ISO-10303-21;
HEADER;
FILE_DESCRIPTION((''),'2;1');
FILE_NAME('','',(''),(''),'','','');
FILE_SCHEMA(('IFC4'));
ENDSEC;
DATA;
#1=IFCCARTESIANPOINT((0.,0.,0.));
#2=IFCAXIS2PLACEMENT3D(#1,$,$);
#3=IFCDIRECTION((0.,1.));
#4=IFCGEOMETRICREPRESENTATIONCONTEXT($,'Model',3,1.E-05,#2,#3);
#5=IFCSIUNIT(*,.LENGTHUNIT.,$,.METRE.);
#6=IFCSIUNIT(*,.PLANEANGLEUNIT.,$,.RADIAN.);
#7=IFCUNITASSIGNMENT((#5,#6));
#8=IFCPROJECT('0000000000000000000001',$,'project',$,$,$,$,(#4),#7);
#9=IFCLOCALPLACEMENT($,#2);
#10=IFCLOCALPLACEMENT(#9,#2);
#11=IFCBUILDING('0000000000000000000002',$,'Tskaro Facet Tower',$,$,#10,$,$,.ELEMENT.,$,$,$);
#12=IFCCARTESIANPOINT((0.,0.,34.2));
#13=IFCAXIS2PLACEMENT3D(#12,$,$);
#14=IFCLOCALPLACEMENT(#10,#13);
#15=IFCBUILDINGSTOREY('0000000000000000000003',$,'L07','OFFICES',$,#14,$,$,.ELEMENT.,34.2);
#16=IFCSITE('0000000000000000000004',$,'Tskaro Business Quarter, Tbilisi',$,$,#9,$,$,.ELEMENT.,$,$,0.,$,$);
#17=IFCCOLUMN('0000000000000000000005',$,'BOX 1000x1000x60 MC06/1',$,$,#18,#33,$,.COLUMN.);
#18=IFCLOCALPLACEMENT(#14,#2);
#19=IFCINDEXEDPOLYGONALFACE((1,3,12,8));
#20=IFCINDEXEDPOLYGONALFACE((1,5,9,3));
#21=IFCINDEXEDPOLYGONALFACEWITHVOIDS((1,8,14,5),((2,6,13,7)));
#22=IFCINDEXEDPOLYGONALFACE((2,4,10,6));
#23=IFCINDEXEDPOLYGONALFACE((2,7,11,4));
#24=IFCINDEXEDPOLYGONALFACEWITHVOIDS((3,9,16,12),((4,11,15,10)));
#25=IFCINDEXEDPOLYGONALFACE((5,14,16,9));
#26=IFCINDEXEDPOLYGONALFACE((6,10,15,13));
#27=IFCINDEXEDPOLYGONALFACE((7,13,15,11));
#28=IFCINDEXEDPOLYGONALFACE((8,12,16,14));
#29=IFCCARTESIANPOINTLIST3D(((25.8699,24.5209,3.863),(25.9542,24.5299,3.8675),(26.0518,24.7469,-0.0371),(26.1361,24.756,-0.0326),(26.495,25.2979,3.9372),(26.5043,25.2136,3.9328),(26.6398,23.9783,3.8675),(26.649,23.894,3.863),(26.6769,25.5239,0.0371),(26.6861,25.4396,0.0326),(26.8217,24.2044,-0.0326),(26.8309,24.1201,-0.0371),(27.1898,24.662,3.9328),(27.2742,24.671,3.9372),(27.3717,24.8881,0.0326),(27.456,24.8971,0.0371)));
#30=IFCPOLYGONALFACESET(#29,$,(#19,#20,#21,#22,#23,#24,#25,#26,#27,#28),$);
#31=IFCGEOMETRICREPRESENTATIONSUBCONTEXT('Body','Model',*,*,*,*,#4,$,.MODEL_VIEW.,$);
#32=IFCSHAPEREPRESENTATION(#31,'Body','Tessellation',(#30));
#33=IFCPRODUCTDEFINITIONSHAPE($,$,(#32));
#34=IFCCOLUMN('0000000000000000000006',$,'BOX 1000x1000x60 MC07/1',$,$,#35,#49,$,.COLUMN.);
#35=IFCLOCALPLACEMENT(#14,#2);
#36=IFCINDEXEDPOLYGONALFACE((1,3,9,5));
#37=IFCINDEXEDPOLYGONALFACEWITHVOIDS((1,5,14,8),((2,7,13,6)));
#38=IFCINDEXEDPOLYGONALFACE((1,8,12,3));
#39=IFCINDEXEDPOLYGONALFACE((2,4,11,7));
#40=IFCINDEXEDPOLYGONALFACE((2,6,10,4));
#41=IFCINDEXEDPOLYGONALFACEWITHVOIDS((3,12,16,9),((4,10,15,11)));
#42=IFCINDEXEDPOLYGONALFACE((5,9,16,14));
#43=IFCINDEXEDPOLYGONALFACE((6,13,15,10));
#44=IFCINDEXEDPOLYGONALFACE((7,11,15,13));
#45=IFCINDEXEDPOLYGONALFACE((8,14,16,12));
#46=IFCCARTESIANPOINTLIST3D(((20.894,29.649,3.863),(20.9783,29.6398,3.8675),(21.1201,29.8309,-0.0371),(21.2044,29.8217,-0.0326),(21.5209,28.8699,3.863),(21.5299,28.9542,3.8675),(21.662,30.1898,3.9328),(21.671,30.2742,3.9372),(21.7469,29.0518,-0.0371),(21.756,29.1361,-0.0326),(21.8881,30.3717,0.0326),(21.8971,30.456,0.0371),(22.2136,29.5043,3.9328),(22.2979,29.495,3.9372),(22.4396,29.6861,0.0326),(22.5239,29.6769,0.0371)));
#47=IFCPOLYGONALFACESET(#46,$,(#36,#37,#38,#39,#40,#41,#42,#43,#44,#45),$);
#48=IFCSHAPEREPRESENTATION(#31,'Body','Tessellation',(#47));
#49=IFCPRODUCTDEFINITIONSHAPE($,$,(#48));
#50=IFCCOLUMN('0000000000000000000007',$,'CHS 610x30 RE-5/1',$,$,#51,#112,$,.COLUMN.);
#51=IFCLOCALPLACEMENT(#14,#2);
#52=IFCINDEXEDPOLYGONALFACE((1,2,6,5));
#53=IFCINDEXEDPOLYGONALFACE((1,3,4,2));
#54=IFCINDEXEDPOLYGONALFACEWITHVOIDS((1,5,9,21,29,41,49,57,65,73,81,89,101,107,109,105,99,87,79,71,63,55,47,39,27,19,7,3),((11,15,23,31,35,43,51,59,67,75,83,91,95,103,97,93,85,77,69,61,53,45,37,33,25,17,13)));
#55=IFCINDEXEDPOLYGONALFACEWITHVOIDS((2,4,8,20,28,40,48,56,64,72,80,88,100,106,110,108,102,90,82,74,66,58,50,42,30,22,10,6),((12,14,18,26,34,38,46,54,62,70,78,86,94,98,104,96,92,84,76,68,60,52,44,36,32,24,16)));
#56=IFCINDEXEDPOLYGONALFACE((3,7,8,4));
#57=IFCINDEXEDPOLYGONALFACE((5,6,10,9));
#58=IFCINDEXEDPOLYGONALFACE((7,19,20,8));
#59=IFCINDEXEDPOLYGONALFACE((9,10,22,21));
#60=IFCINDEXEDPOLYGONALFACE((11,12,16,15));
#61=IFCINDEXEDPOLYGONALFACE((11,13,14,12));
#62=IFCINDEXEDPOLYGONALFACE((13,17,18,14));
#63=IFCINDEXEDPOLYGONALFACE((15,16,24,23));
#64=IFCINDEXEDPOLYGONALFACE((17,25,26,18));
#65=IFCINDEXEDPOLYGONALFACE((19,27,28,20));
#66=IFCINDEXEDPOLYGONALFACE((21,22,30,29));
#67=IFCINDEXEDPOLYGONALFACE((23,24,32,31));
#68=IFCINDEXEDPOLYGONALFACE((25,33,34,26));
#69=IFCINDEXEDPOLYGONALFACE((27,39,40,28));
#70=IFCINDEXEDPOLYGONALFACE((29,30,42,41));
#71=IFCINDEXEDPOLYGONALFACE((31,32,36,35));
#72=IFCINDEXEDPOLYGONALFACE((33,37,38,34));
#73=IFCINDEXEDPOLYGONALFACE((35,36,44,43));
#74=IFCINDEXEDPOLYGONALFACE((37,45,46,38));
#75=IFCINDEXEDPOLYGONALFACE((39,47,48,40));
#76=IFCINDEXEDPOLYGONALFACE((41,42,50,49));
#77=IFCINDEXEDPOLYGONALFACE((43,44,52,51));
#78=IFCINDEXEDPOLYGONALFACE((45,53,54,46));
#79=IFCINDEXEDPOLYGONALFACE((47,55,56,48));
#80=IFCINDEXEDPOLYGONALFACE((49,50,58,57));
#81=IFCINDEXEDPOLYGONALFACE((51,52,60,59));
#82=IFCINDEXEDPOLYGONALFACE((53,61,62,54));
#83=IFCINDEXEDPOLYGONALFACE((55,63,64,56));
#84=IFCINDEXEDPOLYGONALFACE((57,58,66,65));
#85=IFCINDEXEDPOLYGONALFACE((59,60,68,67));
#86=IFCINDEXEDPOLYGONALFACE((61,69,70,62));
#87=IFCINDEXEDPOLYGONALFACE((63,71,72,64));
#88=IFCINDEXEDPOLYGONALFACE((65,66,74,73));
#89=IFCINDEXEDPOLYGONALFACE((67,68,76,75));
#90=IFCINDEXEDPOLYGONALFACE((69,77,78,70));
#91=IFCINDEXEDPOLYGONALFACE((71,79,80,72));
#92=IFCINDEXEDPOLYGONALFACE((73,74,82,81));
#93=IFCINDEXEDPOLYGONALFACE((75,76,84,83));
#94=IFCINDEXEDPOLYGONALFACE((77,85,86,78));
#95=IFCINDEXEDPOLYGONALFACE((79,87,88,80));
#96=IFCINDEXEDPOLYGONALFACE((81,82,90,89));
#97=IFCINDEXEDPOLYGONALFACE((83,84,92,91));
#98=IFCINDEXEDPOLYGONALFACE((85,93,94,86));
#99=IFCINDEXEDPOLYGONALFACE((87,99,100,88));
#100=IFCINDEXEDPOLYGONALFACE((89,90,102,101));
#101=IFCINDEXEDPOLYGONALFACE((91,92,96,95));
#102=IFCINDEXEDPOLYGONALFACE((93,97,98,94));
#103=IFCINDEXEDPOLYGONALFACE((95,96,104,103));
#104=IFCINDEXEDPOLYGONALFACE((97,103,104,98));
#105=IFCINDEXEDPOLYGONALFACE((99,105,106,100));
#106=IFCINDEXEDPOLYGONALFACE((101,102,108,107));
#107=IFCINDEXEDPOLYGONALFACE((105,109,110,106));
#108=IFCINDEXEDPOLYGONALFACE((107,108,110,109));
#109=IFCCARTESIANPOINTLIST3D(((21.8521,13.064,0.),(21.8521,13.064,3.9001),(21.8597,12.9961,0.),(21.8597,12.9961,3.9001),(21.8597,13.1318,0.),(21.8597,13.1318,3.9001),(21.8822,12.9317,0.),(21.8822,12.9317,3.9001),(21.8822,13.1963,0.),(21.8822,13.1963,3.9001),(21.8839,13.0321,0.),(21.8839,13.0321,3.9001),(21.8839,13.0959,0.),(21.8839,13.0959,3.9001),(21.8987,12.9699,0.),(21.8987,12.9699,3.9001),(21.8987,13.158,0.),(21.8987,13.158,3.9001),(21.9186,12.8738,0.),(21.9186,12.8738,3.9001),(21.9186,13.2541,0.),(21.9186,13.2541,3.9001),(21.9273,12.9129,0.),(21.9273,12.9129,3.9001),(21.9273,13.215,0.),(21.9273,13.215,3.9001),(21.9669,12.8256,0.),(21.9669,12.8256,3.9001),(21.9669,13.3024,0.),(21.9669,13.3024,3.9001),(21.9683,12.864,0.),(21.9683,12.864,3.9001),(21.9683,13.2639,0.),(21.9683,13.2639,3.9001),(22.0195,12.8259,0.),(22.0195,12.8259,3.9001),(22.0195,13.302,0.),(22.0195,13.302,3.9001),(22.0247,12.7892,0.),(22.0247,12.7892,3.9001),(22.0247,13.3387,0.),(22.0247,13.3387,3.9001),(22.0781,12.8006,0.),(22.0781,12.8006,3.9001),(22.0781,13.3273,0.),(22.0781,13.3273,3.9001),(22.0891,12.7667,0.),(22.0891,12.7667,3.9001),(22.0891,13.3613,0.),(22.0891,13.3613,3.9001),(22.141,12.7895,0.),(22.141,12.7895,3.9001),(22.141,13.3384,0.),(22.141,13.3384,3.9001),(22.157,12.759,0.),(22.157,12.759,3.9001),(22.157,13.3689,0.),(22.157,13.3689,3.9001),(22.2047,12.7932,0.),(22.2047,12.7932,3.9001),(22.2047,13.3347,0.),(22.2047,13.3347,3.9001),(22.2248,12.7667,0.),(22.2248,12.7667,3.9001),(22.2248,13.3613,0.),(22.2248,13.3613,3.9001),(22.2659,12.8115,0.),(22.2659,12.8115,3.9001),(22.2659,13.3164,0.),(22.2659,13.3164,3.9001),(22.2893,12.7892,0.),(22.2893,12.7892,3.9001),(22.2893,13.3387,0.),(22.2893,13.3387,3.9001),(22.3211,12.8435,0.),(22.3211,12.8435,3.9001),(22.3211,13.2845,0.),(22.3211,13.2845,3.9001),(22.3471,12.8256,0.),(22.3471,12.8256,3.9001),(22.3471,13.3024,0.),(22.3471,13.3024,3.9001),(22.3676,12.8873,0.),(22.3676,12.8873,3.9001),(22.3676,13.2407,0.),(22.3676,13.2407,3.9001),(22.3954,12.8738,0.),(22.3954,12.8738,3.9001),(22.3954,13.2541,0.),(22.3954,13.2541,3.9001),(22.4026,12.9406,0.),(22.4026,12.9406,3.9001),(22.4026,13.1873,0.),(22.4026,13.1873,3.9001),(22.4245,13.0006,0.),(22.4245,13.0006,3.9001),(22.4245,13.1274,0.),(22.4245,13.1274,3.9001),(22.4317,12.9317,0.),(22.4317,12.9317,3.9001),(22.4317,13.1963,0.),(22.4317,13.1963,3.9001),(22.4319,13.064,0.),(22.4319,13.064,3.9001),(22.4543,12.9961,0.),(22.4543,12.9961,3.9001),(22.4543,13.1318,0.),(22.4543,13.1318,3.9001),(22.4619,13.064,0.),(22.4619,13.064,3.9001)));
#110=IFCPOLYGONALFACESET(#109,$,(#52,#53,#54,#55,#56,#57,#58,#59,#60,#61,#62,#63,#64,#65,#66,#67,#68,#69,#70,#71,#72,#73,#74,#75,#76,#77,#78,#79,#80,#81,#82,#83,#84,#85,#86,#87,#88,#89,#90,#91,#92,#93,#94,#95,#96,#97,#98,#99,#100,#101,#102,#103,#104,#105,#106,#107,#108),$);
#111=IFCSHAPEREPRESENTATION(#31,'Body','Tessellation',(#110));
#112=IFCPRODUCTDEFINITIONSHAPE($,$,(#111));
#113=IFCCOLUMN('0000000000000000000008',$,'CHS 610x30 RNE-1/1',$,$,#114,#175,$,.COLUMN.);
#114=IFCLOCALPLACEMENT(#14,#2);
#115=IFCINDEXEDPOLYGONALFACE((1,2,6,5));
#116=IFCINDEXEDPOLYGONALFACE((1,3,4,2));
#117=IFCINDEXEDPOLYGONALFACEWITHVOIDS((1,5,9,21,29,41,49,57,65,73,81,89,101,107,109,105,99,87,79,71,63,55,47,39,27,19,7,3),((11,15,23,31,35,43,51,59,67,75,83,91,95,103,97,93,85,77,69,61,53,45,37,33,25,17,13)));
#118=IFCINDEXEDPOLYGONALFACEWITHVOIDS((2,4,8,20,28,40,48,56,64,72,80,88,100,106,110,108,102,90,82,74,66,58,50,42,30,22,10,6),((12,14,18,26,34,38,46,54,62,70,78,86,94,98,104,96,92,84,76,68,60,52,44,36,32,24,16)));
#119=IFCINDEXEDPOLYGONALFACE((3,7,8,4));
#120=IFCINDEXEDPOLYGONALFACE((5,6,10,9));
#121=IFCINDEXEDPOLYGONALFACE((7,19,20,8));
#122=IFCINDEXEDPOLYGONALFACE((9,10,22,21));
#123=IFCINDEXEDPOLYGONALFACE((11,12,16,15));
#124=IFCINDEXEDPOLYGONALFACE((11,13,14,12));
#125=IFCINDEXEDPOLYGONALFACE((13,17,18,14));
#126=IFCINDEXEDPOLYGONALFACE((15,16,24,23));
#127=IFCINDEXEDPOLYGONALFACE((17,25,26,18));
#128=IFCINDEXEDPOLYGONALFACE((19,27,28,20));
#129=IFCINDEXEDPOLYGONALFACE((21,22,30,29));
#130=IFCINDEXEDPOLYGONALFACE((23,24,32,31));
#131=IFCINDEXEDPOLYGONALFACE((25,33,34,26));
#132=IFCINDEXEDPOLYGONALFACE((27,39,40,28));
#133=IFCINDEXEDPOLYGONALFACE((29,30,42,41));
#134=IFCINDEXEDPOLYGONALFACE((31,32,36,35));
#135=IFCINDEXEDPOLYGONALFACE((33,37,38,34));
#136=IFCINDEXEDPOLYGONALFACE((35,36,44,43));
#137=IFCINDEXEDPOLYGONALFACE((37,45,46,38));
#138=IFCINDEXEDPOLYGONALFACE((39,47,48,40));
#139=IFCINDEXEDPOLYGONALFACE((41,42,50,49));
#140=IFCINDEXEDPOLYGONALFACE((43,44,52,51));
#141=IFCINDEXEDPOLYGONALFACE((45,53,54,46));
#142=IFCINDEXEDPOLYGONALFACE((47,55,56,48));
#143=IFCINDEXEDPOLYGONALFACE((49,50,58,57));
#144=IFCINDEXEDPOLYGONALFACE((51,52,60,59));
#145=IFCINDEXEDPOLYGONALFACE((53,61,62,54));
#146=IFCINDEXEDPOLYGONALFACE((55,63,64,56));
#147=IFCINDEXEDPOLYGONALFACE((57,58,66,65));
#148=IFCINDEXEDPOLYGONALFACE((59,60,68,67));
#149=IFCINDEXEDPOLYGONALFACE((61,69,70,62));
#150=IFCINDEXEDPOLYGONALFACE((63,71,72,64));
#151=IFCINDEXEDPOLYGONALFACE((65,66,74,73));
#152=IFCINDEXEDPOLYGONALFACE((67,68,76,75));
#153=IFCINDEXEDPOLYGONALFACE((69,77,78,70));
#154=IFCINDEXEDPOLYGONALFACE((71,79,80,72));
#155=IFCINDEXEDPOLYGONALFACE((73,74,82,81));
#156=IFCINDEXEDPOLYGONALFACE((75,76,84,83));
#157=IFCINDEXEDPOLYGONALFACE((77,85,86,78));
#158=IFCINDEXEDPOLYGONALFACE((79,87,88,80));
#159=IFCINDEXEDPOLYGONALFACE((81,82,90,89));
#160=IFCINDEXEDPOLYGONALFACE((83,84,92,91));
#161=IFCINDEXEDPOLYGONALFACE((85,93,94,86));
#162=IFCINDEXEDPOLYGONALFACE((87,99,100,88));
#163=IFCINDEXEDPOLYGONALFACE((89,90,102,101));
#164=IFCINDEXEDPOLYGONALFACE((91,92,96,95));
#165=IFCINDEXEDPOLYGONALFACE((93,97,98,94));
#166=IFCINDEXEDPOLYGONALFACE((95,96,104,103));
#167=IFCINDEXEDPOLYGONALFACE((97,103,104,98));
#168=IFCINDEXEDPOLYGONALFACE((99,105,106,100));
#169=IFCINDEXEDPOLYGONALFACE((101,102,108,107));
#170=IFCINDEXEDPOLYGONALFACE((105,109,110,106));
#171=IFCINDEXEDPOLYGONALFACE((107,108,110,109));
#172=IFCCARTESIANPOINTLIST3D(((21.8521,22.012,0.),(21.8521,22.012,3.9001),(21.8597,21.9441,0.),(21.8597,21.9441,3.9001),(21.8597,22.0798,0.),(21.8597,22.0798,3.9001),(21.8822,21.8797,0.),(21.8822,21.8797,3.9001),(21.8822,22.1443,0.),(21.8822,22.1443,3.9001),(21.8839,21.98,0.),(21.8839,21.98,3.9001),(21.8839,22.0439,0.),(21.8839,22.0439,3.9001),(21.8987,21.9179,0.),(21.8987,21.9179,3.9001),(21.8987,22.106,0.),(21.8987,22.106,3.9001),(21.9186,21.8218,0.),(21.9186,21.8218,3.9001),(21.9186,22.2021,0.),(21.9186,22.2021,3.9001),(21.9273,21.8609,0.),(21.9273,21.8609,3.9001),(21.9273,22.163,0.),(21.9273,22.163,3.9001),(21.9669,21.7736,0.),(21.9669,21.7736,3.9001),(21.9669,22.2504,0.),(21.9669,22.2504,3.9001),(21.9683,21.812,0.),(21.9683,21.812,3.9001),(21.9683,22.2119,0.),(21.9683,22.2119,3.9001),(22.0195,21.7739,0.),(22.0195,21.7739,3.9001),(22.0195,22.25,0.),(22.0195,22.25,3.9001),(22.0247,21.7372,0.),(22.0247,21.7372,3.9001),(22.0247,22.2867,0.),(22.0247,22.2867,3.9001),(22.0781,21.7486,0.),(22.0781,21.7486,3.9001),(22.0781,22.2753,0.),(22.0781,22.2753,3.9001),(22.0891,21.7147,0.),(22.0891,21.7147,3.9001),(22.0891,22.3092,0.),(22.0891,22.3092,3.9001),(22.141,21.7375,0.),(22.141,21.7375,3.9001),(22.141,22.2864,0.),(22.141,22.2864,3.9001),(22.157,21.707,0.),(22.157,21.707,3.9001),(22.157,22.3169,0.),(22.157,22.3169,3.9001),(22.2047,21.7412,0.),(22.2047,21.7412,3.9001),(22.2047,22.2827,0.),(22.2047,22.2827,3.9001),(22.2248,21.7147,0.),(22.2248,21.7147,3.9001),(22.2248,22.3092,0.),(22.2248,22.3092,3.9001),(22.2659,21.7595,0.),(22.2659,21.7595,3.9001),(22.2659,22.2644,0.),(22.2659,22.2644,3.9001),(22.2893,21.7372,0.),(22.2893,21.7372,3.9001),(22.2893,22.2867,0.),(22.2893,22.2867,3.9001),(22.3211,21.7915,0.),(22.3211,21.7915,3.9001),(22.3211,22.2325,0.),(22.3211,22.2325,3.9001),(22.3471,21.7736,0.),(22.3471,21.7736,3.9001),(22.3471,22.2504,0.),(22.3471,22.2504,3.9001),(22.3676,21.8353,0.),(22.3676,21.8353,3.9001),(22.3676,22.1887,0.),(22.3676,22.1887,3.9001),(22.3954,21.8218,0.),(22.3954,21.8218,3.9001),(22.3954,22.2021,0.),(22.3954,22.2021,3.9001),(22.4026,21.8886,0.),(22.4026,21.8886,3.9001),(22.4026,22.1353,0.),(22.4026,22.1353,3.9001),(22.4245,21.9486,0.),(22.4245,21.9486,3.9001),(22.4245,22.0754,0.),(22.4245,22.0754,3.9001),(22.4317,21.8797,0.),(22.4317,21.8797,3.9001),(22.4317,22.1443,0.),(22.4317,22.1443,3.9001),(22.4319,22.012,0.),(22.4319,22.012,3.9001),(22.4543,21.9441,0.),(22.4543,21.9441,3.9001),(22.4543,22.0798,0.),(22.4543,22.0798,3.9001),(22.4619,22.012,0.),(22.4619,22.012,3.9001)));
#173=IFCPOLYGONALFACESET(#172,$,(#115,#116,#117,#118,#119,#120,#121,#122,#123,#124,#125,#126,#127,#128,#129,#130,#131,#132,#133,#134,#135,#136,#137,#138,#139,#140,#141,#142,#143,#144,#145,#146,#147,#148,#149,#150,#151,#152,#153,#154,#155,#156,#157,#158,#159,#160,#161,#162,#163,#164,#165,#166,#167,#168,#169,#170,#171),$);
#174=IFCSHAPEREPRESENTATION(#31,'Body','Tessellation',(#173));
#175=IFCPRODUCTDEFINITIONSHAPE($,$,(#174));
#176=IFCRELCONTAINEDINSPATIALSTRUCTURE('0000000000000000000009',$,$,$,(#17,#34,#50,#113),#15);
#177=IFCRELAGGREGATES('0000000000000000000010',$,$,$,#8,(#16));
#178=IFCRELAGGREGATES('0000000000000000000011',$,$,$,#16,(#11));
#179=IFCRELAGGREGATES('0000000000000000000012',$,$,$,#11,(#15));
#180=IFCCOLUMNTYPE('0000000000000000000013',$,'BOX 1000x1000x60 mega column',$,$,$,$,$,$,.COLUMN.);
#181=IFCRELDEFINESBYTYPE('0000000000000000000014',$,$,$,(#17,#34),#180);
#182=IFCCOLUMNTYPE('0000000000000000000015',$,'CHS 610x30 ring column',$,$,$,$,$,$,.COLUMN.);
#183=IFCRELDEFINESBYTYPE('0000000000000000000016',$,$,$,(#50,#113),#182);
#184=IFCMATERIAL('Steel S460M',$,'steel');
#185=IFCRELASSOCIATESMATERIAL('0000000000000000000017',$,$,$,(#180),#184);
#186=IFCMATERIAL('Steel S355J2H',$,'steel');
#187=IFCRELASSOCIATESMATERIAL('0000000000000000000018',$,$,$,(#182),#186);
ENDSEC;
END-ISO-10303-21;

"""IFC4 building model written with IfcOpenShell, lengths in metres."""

from ifc_helpers import new_model, si_unit, direction, frame, origin, origin_2d, place, context, subcontext, project, spatial, hollow_rectangle, hollow_circle, extrude, material, material_profile, profile_set, type_object, element, save


model = new_model("IFC4")

# Units and contexts
model_context = context("Model", 3, precision=1e-05, world=origin(), true_north=direction((0.0, 1.0)))
body_context = subcontext(model_context, "Body", "Model", "MODEL_VIEW")
ifc_project = project(units=[si_unit("LENGTHUNIT", "METRE"), si_unit("PLANEANGLEUNIT", "RADIAN")], contexts=[model_context])

# Site, building, storey
site_placement = place(None, origin())
site = spatial("IfcSite", under=ifc_project, at=site_placement, Name="Tskaro Business Quarter, Tbilisi", CompositionType="ELEMENT", RefElevation=0.0)
building_placement = place(site_placement, origin())
building = spatial("IfcBuilding", under=site, at=building_placement, Name="Tskaro Facet Tower", CompositionType="ELEMENT")
storey_placement = place(building_placement, frame((0.0, 0.0, 34.2)))
storey = spatial("IfcBuildingStorey", under=building, at=storey_placement, Name="L07", Description="OFFICES", CompositionType="ELEMENT", Elevation=34.2)

# Columns
ifc_material_1 = material(Name="Steel S460M", Category="steel")
ifc_material_profile_1 = material_profile(ifc_material_1, hollow_rectangle(XDim=1.0, YDim=1.0, WallThickness=0.0601, at=origin_2d()), Name="BOX 1000x1000x60")
ifc_profile_set_1 = profile_set([ifc_material_profile_1], Name="Steel S460M")
column_type_1 = type_object("IfcColumnType", Name="BOX 1000x1000x60 mega column", PredefinedType="COLUMN", material=ifc_profile_set_1)
for number, where, z_axis, x_axis, name in (
    (1, (26.7539, 24.822, 0.0), (-0.046507, -0.057806, 0.997244), (0.779142, -0.626847, 0.0), "BOX 1000x1000x60 MC06/1"),
    (2, (21.822, 29.7539, 0.0), (-0.057806, -0.046507, 0.997244), (0.626847, -0.779142, 0.0), "BOX 1000x1000x60 MC07/1"),
):
    element("IfcColumn", number, at=place(storey_placement, frame(where, z_axis=z_axis, x_axis=x_axis)), inside=storey, type_object=column_type_1, Name=name, PredefinedType="COLUMN", context=body_context, shape_type="SweptSolid", body=[
        extrude(hollow_rectangle(XDim=1.0, YDim=1.0, WallThickness=0.0601, at=origin_2d()), origin(), (0.0, 0.0, 1.0), 3.9109),
    ])
ifc_material_2 = material(Name="Steel S355J2H", Category="steel")
ifc_material_profile_2 = material_profile(ifc_material_2, hollow_circle(Radius=0.3049, WallThickness=0.03, at=origin_2d()), Name="CHS 610x30")
ifc_profile_set_2 = profile_set([ifc_material_profile_2], Name="Steel S355J2H")
column_type_2 = type_object("IfcColumnType", Name="CHS 610x30 ring column", PredefinedType="COLUMN", material=ifc_profile_set_2)
for number, where, z_axis, x_axis, name in (
    (3, (22.157, 13.064, 0.0), (0.0, 0.0, 1.0), (1.0, 0.0, 0.0), "CHS 610x30 RE-5/1"),
    (4, (22.157, 22.012, 0.0), (0.0, 0.0, 1.0), (1.0, 0.0, 0.0), "CHS 610x30 RNE-1/1"),
):
    element("IfcColumn", number, at=place(storey_placement, frame(where, z_axis=z_axis, x_axis=x_axis)), inside=storey, type_object=column_type_2, Name=name, PredefinedType="COLUMN", context=body_context, shape_type="SweptSolid", body=[
        extrude(hollow_circle(Radius=0.3049, WallThickness=0.03, at=origin_2d()), origin(), (0.0, 0.0, 1.0), 3.9001),
    ])

save(model, "model.ifc")
